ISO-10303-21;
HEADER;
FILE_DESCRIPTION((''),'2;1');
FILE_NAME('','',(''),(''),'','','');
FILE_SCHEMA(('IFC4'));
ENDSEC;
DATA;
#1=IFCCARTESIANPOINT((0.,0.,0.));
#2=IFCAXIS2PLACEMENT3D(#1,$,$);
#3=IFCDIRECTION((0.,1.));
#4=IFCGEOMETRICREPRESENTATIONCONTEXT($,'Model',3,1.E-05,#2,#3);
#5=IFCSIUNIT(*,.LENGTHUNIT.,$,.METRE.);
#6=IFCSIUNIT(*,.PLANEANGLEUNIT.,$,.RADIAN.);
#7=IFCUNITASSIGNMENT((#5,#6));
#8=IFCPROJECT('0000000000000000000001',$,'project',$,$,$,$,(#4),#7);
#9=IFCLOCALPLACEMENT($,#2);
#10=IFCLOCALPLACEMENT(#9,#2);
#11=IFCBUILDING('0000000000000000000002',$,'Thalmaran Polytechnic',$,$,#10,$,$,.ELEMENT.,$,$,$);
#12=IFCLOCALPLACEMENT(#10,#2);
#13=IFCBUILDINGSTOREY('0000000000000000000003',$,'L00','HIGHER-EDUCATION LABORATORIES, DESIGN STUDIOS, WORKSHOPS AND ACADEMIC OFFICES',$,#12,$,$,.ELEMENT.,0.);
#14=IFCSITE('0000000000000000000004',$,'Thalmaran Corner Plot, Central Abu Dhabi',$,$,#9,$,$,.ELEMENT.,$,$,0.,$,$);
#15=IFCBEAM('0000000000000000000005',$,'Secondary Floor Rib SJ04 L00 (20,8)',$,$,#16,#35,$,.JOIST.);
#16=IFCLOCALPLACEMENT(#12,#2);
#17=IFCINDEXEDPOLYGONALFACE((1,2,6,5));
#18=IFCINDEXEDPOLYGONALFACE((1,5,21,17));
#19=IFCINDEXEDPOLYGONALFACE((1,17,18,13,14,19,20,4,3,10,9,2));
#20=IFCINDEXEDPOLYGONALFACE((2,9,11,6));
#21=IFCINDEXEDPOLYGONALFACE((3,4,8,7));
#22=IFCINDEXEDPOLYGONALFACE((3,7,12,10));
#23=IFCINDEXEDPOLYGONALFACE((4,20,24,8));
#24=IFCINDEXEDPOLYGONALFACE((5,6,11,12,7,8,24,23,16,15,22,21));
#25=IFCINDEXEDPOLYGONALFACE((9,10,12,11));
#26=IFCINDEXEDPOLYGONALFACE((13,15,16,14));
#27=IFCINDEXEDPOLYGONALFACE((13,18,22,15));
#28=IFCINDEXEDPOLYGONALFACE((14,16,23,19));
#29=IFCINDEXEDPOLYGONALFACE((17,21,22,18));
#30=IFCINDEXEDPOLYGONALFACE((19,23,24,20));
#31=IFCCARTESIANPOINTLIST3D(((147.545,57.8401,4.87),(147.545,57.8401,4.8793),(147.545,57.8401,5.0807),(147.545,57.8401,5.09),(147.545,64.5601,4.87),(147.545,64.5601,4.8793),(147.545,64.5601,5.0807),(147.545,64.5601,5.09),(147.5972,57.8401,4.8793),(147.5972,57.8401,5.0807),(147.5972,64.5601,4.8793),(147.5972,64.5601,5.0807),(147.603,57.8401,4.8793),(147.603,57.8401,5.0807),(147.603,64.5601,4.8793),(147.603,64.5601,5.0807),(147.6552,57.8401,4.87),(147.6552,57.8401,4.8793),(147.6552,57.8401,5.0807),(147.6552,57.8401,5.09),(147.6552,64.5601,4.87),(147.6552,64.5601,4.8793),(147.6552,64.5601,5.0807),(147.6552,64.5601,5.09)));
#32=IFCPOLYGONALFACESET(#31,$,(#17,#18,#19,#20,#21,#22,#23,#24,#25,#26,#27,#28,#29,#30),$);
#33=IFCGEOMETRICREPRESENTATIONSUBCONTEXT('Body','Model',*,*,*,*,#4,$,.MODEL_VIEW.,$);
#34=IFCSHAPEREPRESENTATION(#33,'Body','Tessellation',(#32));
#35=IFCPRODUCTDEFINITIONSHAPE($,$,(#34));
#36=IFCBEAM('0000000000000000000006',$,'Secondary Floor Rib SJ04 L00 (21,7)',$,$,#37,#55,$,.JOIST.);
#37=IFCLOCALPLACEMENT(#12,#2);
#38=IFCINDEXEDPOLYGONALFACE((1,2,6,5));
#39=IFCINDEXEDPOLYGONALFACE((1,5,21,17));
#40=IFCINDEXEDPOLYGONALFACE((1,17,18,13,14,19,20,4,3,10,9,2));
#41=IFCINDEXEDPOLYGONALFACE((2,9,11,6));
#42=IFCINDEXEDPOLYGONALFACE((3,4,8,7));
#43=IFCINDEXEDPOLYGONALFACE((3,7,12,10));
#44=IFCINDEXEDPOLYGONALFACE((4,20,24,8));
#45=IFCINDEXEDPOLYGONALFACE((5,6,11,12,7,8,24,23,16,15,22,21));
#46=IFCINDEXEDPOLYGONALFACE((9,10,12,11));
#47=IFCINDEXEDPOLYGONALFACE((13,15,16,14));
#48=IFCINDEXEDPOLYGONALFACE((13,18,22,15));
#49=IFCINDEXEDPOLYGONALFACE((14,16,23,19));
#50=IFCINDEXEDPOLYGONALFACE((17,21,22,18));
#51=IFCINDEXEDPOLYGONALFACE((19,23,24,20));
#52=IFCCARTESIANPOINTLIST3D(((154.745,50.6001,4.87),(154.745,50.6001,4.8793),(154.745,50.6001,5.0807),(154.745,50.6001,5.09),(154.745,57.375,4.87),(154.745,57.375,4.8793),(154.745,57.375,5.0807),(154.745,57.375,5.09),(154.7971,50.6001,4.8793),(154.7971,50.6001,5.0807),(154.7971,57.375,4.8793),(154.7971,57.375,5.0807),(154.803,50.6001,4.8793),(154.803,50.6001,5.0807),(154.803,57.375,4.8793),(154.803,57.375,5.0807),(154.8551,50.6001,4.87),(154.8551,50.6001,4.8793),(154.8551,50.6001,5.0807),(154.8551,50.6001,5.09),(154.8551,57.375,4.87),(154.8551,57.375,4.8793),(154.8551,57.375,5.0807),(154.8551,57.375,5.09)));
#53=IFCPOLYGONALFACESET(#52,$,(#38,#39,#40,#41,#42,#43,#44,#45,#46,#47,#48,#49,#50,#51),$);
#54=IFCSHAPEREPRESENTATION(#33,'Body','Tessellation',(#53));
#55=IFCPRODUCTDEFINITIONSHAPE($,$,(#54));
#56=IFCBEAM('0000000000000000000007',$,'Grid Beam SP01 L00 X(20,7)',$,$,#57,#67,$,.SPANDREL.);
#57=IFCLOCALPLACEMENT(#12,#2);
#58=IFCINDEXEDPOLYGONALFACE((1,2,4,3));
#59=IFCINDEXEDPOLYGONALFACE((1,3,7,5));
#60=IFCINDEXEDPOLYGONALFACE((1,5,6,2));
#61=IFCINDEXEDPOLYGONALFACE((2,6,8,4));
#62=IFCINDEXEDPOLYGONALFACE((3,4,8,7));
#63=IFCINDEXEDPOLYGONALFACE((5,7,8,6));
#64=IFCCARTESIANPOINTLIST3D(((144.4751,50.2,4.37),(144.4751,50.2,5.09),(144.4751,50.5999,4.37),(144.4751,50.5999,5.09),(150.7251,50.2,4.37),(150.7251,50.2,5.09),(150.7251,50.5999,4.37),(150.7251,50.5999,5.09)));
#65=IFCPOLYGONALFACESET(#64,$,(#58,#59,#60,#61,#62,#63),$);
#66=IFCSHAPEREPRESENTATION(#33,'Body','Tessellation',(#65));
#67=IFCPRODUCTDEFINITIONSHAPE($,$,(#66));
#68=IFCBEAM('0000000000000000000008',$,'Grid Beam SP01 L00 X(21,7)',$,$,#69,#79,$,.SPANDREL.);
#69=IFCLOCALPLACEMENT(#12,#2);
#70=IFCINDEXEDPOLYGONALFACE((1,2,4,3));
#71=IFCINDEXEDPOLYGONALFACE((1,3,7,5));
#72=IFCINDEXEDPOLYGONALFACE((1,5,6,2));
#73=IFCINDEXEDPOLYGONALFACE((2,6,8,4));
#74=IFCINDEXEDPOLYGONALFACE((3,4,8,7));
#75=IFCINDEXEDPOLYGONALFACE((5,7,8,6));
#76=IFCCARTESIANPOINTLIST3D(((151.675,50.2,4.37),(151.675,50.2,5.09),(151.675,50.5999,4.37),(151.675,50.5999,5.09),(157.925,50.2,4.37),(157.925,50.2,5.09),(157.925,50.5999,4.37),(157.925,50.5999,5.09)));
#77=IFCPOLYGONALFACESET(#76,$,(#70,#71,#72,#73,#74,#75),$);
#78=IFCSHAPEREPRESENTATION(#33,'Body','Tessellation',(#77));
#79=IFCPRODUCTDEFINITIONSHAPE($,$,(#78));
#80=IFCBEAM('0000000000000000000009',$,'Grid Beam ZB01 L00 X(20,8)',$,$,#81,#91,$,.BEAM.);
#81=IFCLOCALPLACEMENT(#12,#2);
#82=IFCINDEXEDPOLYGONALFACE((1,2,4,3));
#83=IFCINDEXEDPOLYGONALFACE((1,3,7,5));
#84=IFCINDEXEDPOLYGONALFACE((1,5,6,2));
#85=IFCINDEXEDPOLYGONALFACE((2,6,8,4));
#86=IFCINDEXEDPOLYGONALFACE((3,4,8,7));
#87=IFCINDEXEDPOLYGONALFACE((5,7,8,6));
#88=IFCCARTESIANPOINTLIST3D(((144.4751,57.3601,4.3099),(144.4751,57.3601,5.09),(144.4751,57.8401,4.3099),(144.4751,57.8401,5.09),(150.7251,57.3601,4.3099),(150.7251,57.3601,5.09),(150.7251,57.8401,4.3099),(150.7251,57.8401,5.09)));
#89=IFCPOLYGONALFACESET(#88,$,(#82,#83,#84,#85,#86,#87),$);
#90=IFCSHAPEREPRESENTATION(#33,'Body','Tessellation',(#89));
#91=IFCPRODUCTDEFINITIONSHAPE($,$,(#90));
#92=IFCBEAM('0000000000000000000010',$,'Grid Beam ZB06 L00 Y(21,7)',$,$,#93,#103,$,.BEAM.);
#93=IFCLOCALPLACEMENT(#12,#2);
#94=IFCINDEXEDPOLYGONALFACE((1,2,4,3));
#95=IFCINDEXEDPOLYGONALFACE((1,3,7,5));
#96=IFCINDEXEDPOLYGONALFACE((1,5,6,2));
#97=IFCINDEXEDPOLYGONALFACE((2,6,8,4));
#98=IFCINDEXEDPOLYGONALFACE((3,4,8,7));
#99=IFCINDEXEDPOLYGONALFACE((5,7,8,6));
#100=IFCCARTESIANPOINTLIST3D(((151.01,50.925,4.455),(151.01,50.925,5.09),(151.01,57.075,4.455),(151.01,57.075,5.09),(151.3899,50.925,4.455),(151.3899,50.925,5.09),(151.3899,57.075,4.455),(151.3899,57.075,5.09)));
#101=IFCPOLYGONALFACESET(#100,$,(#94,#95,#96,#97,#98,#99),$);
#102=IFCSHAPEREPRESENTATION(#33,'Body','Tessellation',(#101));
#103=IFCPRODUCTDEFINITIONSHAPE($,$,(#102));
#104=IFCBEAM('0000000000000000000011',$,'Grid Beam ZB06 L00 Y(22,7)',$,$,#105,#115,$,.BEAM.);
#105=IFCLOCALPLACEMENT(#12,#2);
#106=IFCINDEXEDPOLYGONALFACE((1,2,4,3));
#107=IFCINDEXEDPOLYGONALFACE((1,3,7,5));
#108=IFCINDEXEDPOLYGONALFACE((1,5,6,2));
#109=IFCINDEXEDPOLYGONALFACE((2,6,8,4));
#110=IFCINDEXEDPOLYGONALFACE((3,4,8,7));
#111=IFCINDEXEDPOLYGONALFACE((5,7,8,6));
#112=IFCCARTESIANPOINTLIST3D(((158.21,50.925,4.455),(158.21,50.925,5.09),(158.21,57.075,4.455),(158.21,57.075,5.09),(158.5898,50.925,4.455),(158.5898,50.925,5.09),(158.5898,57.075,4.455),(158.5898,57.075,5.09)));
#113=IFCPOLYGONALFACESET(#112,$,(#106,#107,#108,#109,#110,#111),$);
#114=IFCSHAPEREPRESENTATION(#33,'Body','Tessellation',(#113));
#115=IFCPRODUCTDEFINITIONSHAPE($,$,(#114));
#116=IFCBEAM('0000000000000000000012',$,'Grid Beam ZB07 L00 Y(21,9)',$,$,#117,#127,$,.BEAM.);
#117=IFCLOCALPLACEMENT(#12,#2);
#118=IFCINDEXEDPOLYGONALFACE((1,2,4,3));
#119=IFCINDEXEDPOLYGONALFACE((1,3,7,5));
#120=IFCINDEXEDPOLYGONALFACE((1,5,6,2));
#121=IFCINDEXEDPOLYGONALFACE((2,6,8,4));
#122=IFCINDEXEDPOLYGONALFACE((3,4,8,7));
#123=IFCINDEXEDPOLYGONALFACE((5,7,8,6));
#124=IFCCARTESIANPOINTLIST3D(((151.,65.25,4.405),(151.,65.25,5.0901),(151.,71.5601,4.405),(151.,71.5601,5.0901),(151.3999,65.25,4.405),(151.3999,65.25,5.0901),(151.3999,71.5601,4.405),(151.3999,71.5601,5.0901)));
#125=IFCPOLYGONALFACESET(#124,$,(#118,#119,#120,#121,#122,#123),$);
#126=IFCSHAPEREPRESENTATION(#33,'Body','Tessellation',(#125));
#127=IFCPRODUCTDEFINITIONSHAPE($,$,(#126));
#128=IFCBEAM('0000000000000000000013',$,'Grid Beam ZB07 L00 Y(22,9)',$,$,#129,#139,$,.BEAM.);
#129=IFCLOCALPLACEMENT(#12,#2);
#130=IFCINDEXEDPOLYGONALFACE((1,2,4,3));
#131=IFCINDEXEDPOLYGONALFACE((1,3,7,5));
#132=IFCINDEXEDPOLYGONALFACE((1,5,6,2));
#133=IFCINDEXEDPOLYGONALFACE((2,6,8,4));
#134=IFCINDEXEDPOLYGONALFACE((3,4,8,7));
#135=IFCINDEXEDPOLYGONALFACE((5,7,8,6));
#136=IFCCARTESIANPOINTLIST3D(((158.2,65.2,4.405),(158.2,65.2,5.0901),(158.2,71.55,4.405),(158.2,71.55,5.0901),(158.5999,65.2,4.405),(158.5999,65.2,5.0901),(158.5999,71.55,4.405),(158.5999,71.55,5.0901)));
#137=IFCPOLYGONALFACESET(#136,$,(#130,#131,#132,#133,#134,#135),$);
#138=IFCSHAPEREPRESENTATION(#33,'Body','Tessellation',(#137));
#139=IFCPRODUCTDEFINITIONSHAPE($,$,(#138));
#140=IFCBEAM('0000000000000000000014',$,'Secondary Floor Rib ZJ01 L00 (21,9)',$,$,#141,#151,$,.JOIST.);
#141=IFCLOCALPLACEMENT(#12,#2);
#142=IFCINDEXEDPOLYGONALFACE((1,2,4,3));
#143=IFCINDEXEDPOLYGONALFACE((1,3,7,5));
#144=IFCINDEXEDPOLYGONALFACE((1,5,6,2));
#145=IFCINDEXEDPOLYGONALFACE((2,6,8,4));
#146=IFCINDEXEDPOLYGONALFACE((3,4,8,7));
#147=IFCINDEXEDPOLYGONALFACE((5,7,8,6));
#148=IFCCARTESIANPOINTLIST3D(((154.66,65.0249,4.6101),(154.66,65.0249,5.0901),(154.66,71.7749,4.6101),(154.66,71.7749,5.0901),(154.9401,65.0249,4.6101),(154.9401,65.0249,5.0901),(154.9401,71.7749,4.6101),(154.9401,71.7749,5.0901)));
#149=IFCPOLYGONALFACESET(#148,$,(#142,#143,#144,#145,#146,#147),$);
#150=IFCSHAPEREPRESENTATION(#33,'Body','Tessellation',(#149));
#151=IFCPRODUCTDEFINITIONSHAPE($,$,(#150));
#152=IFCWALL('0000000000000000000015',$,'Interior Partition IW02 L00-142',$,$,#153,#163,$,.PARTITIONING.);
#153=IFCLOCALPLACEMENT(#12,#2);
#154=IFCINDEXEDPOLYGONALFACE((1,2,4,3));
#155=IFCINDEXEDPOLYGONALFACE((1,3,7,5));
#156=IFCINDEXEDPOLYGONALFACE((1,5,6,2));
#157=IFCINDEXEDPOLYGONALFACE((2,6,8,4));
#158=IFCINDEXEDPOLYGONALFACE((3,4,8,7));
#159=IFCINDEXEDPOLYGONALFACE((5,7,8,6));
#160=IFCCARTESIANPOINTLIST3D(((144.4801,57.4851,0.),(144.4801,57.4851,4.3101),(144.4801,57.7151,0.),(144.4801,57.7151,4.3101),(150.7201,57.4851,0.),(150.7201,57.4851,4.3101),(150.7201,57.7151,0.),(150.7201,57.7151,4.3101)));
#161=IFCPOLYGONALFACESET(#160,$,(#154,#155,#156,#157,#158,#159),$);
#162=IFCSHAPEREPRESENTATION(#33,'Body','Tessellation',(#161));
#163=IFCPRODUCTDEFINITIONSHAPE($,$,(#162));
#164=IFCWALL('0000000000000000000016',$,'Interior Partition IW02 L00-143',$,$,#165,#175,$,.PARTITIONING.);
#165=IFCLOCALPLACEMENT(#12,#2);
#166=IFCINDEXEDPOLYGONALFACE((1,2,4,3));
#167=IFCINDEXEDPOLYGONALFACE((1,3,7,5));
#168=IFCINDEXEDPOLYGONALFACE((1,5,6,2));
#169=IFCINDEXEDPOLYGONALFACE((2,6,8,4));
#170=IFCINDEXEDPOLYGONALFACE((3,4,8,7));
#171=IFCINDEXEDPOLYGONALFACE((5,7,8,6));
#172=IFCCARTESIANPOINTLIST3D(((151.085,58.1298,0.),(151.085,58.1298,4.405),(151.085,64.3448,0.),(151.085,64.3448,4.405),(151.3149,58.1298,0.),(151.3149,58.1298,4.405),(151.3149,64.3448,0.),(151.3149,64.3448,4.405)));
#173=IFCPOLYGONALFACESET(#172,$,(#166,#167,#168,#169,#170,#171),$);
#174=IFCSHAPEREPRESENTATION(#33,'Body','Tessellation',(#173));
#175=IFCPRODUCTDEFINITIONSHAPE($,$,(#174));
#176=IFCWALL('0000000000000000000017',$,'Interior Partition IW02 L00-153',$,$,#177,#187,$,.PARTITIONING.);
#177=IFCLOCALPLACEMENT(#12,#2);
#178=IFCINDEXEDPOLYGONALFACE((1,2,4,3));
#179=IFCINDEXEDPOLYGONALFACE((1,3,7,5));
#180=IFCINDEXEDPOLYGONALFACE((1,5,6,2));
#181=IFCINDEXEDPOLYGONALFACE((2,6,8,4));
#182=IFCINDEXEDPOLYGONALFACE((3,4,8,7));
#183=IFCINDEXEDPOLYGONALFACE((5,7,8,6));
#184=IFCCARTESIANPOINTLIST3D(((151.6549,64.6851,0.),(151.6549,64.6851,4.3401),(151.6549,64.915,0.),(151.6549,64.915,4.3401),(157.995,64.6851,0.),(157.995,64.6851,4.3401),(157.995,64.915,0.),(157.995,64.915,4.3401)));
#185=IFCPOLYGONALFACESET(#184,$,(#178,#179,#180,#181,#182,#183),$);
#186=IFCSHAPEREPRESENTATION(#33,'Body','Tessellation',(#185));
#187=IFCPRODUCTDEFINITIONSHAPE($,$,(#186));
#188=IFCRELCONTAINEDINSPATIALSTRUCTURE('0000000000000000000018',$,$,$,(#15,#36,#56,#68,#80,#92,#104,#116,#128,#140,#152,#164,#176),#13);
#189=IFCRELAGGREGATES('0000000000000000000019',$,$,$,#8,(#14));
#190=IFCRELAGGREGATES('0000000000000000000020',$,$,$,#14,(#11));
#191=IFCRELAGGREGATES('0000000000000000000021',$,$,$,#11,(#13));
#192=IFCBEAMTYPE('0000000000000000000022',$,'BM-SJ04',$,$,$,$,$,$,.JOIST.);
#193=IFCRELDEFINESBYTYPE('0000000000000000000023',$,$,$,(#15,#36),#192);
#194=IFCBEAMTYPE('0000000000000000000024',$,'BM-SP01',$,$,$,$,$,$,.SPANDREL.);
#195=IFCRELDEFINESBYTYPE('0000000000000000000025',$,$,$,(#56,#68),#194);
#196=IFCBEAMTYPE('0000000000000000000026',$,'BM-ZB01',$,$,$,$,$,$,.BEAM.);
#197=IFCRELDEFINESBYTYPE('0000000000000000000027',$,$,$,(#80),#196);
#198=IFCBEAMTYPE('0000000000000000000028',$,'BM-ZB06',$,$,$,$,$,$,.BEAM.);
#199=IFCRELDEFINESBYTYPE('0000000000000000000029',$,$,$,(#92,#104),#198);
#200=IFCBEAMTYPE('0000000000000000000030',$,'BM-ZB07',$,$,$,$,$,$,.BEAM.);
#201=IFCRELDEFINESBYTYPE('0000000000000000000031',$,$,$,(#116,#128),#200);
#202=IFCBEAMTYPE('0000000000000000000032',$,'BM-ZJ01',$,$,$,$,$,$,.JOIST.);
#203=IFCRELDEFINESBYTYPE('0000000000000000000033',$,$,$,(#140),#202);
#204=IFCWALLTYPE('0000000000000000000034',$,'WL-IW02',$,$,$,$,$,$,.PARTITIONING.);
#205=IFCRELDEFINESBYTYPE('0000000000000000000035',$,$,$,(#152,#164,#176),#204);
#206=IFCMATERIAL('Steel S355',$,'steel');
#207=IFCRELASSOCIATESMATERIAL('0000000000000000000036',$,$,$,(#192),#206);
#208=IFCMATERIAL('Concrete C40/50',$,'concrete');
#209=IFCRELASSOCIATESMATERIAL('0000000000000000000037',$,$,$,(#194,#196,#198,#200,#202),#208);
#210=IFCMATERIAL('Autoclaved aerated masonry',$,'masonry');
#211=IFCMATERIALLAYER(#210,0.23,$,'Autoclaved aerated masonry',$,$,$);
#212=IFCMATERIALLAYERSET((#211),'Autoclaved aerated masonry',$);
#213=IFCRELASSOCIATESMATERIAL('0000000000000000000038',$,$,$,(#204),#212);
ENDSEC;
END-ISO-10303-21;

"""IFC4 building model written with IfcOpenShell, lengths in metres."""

from ifc_helpers import new_model, si_unit, direction, frame, frame_2d, origin, origin_2d, place, context, subcontext, project, spatial, rectangle, i_section, extrude, material, layer, layer_set, material_profile, profile_set, type_object, element, save


model = new_model("IFC4")

# Units and contexts
model_context = context("Model", 3, precision=1e-05, world=origin(), true_north=direction((0.0, 1.0)))
body_context = subcontext(model_context, "Body", "Model", "MODEL_VIEW")
ifc_project = project(units=[si_unit("LENGTHUNIT", "METRE"), si_unit("PLANEANGLEUNIT", "RADIAN")], contexts=[model_context])

# Site, building, storey
site_placement = place(None, origin())
site = spatial("IfcSite", under=ifc_project, at=site_placement, Name="Thalmaran Corner Plot, Central Abu Dhabi", CompositionType="ELEMENT", RefElevation=0.0)
building_placement = place(site_placement, origin())
building = spatial("IfcBuilding", under=site, at=building_placement, Name="Thalmaran Polytechnic", CompositionType="ELEMENT")
storey_placement = place(building_placement, origin())
storey = spatial("IfcBuildingStorey", under=building, at=storey_placement, Name="L00", Description="HIGHER-EDUCATION LABORATORIES, DESIGN STUDIOS, WORKSHOPS AND ACADEMIC OFFICES", CompositionType="ELEMENT", Elevation=0.0)

# Beams
ifc_material_1 = material(Name="Concrete C40/50", Category="concrete")
ifc_material_2 = material(Name="Steel S355", Category="steel")
ifc_material_profile_1 = material_profile(ifc_material_2, i_section(OverallWidth=0.1101, OverallDepth=0.22, WebThickness=0.0059, FlangeThickness=0.0093, at=origin_2d()), Name="IPE 220")
ifc_profile_set_1 = profile_set([ifc_material_profile_1], Name="Steel S355")
beam_type_1 = type_object("IfcBeamType", Name="BM-SJ04", PredefinedType="JOIST", material=ifc_profile_set_1)
beam_1_placement = place(storey_placement, frame((147.6001, 57.8401, 4.98), z_axis=(0.0, 1.0, 0.0), x_axis=(-1.0, 0.0, 0.0)))
element("IfcBeam", 1, at=beam_1_placement, inside=storey, type_object=beam_type_1, Name="Secondary Floor Rib SJ04 L00 (20,8)", PredefinedType="JOIST", context=body_context, shape_type="SweptSolid", body=[
    extrude(i_section(OverallWidth=0.1101, OverallDepth=0.22, WebThickness=0.0059, FlangeThickness=0.0093, at=origin_2d()), origin(), (0.0, 0.0, 1.0), 6.72),
])
beam_2_placement = place(storey_placement, frame((154.8, 50.6001, 4.98), z_axis=(0.0, 1.0, 0.0), x_axis=(-1.0, 0.0, 0.0)))
element("IfcBeam", 2, at=beam_2_placement, inside=storey, type_object=beam_type_1, Name="Secondary Floor Rib SJ04 L00 (21,7)", PredefinedType="JOIST", context=body_context, shape_type="SweptSolid", body=[
    extrude(i_section(OverallWidth=0.1101, OverallDepth=0.22, WebThickness=0.0059, FlangeThickness=0.0093, at=origin_2d()), origin(), (0.0, 0.0, 1.0), 6.7749),
])
ifc_material_profile_2 = material_profile(ifc_material_1, rectangle(XDim=0.3999, YDim=0.72, at=origin_2d()), Name="RC 400x720")
ifc_profile_set_2 = profile_set([ifc_material_profile_2], Name="Concrete C40/50")
beam_type_2 = type_object("IfcBeamType", Name="BM-SP01", PredefinedType="SPANDREL", material=ifc_profile_set_2)
for number, where, z_axis, x_axis, name in (
    (3, (144.4751, 50.3999, 4.73), (1.0, 0.0, 0.0), (0.0, 1.0, 0.0), "Grid Beam SP01 L00 X(20,7)"),
    (4, (151.675, 50.3999, 4.73), (1.0, 0.0, 0.0), (0.0, 1.0, 0.0), "Grid Beam SP01 L00 X(21,7)"),
):
    element("IfcBeam", number, at=place(storey_placement, frame(where, z_axis=z_axis, x_axis=x_axis)), inside=storey, type_object=beam_type_2, Name=name, PredefinedType="SPANDREL", context=body_context, shape_type="SweptSolid", body=[
        extrude(rectangle(XDim=0.3999, YDim=0.72, at=origin_2d()), origin(), (0.0, 0.0, 1.0), 6.25),
    ])
ifc_material_profile_3 = material_profile(ifc_material_1, rectangle(XDim=0.48, YDim=0.78, at=origin_2d()), Name="RC 480x780")
ifc_profile_set_3 = profile_set([ifc_material_profile_3], Name="Concrete C40/50")
beam_type_3 = type_object("IfcBeamType", Name="BM-ZB01", PredefinedType="BEAM", material=ifc_profile_set_3)
beam_3_placement = place(storey_placement, frame((144.4751, 57.6001, 4.7), z_axis=(1.0, 0.0, 0.0), x_axis=(0.0, 1.0, 0.0)))
element("IfcBeam", 5, at=beam_3_placement, inside=storey, type_object=beam_type_3, Name="Grid Beam ZB01 L00 X(20,8)", PredefinedType="BEAM", context=body_context, shape_type="SweptSolid", body=[
    extrude(rectangle(XDim=0.48, YDim=0.78, at=origin_2d()), origin(), (0.0, 0.0, 1.0), 6.25),
])
ifc_material_profile_4 = material_profile(ifc_material_1, rectangle(XDim=0.3799, YDim=0.635, at=origin_2d()), Name="RC 380x635")
ifc_profile_set_4 = profile_set([ifc_material_profile_4], Name="Concrete C40/50")
beam_type_4 = type_object("IfcBeamType", Name="BM-ZB06", PredefinedType="BEAM", material=ifc_profile_set_4)
for number, where, z_axis, x_axis, name in (
    (6, (151.2, 50.925, 4.7725), (0.0, 1.0, 0.0), (-1.0, 0.0, 0.0), "Grid Beam ZB06 L00 Y(21,7)"),
    (7, (158.3999, 50.925, 4.7725), (0.0, 1.0, 0.0), (-1.0, 0.0, 0.0), "Grid Beam ZB06 L00 Y(22,7)"),
):
    element("IfcBeam", number, at=place(storey_placement, frame(where, z_axis=z_axis, x_axis=x_axis)), inside=storey, type_object=beam_type_4, Name=name, PredefinedType="BEAM", context=body_context, shape_type="SweptSolid", body=[
        extrude(rectangle(XDim=0.3799, YDim=0.635, at=origin_2d()), origin(), (0.0, 0.0, 1.0), 6.1499),
    ])
ifc_material_profile_5 = material_profile(ifc_material_1, rectangle(XDim=0.3999, YDim=0.6851, at=origin_2d()), Name="RC 400x685")
ifc_profile_set_5 = profile_set([ifc_material_profile_5], Name="Concrete C40/50")
beam_type_5 = type_object("IfcBeamType", Name="BM-ZB07", PredefinedType="BEAM", material=ifc_profile_set_5)
beam_4_placement = place(storey_placement, frame((151.2, 65.25, 4.7476), z_axis=(0.0, 1.0, 0.0), x_axis=(-1.0, 0.0, 0.0)))
element("IfcBeam", 8, at=beam_4_placement, inside=storey, type_object=beam_type_5, Name="Grid Beam ZB07 L00 Y(21,9)", PredefinedType="BEAM", context=body_context, shape_type="SweptSolid", body=[
    extrude(rectangle(XDim=0.3999, YDim=0.6851, at=origin_2d()), origin(), (0.0, 0.0, 1.0), 6.3101),
])
beam_5_placement = place(storey_placement, frame((158.3999, 65.2, 4.7476), z_axis=(0.0, 1.0, 0.0), x_axis=(-1.0, 0.0, 0.0)))
element("IfcBeam", 9, at=beam_5_placement, inside=storey, type_object=beam_type_5, Name="Grid Beam ZB07 L00 Y(22,9)", PredefinedType="BEAM", context=body_context, shape_type="SweptSolid", body=[
    extrude(rectangle(XDim=0.3999, YDim=0.6851, at=origin_2d()), origin(), (0.0, 0.0, 1.0), 6.3501),
])
ifc_material_profile_6 = material_profile(ifc_material_1, rectangle(XDim=0.28, YDim=0.48, at=origin_2d()), Name="RC 280x480")
ifc_profile_set_6 = profile_set([ifc_material_profile_6], Name="Concrete C40/50")
beam_type_6 = type_object("IfcBeamType", Name="BM-ZJ01", PredefinedType="JOIST", material=ifc_profile_set_6)
beam_6_placement = place(storey_placement, frame((154.8, 65.0249, 4.8501), z_axis=(0.0, 1.0, 0.0), x_axis=(-1.0, 0.0, 0.0)))
element("IfcBeam", 10, at=beam_6_placement, inside=storey, type_object=beam_type_6, Name="Secondary Floor Rib ZJ01 L00 (21,9)", PredefinedType="JOIST", context=body_context, shape_type="SweptSolid", body=[
    extrude(rectangle(XDim=0.28, YDim=0.48, at=origin_2d()), origin(), (0.0, 0.0, 1.0), 6.75),
])

# Walls
ifc_material_3 = material(Name="Autoclaved aerated masonry", Category="masonry")
ifc_layer_1 = layer(ifc_material_3, 0.23, Name="Autoclaved aerated masonry")
ifc_layer_set_1 = layer_set([ifc_layer_1], Name="Autoclaved aerated masonry")
wall_type_1 = type_object("IfcWallType", Name="WL-IW02", PredefinedType="PARTITIONING", material=ifc_layer_set_1)
wall_1_placement = place(storey_placement, frame((144.48, 57.6001, 0.0), z_axis=(0.0, 0.0, 1.0), x_axis=(1.0, 0.0, 0.0)))
element("IfcWall", 11, at=wall_1_placement, inside=storey, type_object=wall_type_1, Name="Interior Partition IW02 L00-142", PredefinedType="PARTITIONING", context=body_context, shape_type="SweptSolid", body=[
    extrude(rectangle(XDim=6.24, YDim=0.23, at=frame_2d((3.1201, 0.0))), origin(), (0.0, 0.0, 1.0), 4.3101),
])
wall_2_placement = place(storey_placement, frame((151.2, 58.1299, 0.0), z_axis=(0.0, 0.0, 1.0), x_axis=(0.0, 1.0, 0.0)))
element("IfcWall", 12, at=wall_2_placement, inside=storey, type_object=wall_type_1, Name="Interior Partition IW02 L00-143", PredefinedType="PARTITIONING", context=body_context, shape_type="SweptSolid", body=[
    extrude(rectangle(XDim=6.2151, YDim=0.23, at=frame_2d((3.1074, 0.0))), origin(), (0.0, 0.0, 1.0), 4.405),
])

# Wall
wall_3_placement = place(storey_placement, frame((151.655, 64.8, 0.0), z_axis=(0.0, 0.0, 1.0), x_axis=(1.0, 0.0, 0.0)))
element("IfcWall", 13, at=wall_3_placement, inside=storey, type_object=wall_type_1, Name="Interior Partition IW02 L00-153", PredefinedType="PARTITIONING", context=body_context, shape_type="SweptSolid", body=[
    extrude(rectangle(XDim=6.3401, YDim=0.23, at=frame_2d((3.1699, 0.0))), origin(), (0.0, 0.0, 1.0), 4.3401),
])

save(model, "model.ifc")
